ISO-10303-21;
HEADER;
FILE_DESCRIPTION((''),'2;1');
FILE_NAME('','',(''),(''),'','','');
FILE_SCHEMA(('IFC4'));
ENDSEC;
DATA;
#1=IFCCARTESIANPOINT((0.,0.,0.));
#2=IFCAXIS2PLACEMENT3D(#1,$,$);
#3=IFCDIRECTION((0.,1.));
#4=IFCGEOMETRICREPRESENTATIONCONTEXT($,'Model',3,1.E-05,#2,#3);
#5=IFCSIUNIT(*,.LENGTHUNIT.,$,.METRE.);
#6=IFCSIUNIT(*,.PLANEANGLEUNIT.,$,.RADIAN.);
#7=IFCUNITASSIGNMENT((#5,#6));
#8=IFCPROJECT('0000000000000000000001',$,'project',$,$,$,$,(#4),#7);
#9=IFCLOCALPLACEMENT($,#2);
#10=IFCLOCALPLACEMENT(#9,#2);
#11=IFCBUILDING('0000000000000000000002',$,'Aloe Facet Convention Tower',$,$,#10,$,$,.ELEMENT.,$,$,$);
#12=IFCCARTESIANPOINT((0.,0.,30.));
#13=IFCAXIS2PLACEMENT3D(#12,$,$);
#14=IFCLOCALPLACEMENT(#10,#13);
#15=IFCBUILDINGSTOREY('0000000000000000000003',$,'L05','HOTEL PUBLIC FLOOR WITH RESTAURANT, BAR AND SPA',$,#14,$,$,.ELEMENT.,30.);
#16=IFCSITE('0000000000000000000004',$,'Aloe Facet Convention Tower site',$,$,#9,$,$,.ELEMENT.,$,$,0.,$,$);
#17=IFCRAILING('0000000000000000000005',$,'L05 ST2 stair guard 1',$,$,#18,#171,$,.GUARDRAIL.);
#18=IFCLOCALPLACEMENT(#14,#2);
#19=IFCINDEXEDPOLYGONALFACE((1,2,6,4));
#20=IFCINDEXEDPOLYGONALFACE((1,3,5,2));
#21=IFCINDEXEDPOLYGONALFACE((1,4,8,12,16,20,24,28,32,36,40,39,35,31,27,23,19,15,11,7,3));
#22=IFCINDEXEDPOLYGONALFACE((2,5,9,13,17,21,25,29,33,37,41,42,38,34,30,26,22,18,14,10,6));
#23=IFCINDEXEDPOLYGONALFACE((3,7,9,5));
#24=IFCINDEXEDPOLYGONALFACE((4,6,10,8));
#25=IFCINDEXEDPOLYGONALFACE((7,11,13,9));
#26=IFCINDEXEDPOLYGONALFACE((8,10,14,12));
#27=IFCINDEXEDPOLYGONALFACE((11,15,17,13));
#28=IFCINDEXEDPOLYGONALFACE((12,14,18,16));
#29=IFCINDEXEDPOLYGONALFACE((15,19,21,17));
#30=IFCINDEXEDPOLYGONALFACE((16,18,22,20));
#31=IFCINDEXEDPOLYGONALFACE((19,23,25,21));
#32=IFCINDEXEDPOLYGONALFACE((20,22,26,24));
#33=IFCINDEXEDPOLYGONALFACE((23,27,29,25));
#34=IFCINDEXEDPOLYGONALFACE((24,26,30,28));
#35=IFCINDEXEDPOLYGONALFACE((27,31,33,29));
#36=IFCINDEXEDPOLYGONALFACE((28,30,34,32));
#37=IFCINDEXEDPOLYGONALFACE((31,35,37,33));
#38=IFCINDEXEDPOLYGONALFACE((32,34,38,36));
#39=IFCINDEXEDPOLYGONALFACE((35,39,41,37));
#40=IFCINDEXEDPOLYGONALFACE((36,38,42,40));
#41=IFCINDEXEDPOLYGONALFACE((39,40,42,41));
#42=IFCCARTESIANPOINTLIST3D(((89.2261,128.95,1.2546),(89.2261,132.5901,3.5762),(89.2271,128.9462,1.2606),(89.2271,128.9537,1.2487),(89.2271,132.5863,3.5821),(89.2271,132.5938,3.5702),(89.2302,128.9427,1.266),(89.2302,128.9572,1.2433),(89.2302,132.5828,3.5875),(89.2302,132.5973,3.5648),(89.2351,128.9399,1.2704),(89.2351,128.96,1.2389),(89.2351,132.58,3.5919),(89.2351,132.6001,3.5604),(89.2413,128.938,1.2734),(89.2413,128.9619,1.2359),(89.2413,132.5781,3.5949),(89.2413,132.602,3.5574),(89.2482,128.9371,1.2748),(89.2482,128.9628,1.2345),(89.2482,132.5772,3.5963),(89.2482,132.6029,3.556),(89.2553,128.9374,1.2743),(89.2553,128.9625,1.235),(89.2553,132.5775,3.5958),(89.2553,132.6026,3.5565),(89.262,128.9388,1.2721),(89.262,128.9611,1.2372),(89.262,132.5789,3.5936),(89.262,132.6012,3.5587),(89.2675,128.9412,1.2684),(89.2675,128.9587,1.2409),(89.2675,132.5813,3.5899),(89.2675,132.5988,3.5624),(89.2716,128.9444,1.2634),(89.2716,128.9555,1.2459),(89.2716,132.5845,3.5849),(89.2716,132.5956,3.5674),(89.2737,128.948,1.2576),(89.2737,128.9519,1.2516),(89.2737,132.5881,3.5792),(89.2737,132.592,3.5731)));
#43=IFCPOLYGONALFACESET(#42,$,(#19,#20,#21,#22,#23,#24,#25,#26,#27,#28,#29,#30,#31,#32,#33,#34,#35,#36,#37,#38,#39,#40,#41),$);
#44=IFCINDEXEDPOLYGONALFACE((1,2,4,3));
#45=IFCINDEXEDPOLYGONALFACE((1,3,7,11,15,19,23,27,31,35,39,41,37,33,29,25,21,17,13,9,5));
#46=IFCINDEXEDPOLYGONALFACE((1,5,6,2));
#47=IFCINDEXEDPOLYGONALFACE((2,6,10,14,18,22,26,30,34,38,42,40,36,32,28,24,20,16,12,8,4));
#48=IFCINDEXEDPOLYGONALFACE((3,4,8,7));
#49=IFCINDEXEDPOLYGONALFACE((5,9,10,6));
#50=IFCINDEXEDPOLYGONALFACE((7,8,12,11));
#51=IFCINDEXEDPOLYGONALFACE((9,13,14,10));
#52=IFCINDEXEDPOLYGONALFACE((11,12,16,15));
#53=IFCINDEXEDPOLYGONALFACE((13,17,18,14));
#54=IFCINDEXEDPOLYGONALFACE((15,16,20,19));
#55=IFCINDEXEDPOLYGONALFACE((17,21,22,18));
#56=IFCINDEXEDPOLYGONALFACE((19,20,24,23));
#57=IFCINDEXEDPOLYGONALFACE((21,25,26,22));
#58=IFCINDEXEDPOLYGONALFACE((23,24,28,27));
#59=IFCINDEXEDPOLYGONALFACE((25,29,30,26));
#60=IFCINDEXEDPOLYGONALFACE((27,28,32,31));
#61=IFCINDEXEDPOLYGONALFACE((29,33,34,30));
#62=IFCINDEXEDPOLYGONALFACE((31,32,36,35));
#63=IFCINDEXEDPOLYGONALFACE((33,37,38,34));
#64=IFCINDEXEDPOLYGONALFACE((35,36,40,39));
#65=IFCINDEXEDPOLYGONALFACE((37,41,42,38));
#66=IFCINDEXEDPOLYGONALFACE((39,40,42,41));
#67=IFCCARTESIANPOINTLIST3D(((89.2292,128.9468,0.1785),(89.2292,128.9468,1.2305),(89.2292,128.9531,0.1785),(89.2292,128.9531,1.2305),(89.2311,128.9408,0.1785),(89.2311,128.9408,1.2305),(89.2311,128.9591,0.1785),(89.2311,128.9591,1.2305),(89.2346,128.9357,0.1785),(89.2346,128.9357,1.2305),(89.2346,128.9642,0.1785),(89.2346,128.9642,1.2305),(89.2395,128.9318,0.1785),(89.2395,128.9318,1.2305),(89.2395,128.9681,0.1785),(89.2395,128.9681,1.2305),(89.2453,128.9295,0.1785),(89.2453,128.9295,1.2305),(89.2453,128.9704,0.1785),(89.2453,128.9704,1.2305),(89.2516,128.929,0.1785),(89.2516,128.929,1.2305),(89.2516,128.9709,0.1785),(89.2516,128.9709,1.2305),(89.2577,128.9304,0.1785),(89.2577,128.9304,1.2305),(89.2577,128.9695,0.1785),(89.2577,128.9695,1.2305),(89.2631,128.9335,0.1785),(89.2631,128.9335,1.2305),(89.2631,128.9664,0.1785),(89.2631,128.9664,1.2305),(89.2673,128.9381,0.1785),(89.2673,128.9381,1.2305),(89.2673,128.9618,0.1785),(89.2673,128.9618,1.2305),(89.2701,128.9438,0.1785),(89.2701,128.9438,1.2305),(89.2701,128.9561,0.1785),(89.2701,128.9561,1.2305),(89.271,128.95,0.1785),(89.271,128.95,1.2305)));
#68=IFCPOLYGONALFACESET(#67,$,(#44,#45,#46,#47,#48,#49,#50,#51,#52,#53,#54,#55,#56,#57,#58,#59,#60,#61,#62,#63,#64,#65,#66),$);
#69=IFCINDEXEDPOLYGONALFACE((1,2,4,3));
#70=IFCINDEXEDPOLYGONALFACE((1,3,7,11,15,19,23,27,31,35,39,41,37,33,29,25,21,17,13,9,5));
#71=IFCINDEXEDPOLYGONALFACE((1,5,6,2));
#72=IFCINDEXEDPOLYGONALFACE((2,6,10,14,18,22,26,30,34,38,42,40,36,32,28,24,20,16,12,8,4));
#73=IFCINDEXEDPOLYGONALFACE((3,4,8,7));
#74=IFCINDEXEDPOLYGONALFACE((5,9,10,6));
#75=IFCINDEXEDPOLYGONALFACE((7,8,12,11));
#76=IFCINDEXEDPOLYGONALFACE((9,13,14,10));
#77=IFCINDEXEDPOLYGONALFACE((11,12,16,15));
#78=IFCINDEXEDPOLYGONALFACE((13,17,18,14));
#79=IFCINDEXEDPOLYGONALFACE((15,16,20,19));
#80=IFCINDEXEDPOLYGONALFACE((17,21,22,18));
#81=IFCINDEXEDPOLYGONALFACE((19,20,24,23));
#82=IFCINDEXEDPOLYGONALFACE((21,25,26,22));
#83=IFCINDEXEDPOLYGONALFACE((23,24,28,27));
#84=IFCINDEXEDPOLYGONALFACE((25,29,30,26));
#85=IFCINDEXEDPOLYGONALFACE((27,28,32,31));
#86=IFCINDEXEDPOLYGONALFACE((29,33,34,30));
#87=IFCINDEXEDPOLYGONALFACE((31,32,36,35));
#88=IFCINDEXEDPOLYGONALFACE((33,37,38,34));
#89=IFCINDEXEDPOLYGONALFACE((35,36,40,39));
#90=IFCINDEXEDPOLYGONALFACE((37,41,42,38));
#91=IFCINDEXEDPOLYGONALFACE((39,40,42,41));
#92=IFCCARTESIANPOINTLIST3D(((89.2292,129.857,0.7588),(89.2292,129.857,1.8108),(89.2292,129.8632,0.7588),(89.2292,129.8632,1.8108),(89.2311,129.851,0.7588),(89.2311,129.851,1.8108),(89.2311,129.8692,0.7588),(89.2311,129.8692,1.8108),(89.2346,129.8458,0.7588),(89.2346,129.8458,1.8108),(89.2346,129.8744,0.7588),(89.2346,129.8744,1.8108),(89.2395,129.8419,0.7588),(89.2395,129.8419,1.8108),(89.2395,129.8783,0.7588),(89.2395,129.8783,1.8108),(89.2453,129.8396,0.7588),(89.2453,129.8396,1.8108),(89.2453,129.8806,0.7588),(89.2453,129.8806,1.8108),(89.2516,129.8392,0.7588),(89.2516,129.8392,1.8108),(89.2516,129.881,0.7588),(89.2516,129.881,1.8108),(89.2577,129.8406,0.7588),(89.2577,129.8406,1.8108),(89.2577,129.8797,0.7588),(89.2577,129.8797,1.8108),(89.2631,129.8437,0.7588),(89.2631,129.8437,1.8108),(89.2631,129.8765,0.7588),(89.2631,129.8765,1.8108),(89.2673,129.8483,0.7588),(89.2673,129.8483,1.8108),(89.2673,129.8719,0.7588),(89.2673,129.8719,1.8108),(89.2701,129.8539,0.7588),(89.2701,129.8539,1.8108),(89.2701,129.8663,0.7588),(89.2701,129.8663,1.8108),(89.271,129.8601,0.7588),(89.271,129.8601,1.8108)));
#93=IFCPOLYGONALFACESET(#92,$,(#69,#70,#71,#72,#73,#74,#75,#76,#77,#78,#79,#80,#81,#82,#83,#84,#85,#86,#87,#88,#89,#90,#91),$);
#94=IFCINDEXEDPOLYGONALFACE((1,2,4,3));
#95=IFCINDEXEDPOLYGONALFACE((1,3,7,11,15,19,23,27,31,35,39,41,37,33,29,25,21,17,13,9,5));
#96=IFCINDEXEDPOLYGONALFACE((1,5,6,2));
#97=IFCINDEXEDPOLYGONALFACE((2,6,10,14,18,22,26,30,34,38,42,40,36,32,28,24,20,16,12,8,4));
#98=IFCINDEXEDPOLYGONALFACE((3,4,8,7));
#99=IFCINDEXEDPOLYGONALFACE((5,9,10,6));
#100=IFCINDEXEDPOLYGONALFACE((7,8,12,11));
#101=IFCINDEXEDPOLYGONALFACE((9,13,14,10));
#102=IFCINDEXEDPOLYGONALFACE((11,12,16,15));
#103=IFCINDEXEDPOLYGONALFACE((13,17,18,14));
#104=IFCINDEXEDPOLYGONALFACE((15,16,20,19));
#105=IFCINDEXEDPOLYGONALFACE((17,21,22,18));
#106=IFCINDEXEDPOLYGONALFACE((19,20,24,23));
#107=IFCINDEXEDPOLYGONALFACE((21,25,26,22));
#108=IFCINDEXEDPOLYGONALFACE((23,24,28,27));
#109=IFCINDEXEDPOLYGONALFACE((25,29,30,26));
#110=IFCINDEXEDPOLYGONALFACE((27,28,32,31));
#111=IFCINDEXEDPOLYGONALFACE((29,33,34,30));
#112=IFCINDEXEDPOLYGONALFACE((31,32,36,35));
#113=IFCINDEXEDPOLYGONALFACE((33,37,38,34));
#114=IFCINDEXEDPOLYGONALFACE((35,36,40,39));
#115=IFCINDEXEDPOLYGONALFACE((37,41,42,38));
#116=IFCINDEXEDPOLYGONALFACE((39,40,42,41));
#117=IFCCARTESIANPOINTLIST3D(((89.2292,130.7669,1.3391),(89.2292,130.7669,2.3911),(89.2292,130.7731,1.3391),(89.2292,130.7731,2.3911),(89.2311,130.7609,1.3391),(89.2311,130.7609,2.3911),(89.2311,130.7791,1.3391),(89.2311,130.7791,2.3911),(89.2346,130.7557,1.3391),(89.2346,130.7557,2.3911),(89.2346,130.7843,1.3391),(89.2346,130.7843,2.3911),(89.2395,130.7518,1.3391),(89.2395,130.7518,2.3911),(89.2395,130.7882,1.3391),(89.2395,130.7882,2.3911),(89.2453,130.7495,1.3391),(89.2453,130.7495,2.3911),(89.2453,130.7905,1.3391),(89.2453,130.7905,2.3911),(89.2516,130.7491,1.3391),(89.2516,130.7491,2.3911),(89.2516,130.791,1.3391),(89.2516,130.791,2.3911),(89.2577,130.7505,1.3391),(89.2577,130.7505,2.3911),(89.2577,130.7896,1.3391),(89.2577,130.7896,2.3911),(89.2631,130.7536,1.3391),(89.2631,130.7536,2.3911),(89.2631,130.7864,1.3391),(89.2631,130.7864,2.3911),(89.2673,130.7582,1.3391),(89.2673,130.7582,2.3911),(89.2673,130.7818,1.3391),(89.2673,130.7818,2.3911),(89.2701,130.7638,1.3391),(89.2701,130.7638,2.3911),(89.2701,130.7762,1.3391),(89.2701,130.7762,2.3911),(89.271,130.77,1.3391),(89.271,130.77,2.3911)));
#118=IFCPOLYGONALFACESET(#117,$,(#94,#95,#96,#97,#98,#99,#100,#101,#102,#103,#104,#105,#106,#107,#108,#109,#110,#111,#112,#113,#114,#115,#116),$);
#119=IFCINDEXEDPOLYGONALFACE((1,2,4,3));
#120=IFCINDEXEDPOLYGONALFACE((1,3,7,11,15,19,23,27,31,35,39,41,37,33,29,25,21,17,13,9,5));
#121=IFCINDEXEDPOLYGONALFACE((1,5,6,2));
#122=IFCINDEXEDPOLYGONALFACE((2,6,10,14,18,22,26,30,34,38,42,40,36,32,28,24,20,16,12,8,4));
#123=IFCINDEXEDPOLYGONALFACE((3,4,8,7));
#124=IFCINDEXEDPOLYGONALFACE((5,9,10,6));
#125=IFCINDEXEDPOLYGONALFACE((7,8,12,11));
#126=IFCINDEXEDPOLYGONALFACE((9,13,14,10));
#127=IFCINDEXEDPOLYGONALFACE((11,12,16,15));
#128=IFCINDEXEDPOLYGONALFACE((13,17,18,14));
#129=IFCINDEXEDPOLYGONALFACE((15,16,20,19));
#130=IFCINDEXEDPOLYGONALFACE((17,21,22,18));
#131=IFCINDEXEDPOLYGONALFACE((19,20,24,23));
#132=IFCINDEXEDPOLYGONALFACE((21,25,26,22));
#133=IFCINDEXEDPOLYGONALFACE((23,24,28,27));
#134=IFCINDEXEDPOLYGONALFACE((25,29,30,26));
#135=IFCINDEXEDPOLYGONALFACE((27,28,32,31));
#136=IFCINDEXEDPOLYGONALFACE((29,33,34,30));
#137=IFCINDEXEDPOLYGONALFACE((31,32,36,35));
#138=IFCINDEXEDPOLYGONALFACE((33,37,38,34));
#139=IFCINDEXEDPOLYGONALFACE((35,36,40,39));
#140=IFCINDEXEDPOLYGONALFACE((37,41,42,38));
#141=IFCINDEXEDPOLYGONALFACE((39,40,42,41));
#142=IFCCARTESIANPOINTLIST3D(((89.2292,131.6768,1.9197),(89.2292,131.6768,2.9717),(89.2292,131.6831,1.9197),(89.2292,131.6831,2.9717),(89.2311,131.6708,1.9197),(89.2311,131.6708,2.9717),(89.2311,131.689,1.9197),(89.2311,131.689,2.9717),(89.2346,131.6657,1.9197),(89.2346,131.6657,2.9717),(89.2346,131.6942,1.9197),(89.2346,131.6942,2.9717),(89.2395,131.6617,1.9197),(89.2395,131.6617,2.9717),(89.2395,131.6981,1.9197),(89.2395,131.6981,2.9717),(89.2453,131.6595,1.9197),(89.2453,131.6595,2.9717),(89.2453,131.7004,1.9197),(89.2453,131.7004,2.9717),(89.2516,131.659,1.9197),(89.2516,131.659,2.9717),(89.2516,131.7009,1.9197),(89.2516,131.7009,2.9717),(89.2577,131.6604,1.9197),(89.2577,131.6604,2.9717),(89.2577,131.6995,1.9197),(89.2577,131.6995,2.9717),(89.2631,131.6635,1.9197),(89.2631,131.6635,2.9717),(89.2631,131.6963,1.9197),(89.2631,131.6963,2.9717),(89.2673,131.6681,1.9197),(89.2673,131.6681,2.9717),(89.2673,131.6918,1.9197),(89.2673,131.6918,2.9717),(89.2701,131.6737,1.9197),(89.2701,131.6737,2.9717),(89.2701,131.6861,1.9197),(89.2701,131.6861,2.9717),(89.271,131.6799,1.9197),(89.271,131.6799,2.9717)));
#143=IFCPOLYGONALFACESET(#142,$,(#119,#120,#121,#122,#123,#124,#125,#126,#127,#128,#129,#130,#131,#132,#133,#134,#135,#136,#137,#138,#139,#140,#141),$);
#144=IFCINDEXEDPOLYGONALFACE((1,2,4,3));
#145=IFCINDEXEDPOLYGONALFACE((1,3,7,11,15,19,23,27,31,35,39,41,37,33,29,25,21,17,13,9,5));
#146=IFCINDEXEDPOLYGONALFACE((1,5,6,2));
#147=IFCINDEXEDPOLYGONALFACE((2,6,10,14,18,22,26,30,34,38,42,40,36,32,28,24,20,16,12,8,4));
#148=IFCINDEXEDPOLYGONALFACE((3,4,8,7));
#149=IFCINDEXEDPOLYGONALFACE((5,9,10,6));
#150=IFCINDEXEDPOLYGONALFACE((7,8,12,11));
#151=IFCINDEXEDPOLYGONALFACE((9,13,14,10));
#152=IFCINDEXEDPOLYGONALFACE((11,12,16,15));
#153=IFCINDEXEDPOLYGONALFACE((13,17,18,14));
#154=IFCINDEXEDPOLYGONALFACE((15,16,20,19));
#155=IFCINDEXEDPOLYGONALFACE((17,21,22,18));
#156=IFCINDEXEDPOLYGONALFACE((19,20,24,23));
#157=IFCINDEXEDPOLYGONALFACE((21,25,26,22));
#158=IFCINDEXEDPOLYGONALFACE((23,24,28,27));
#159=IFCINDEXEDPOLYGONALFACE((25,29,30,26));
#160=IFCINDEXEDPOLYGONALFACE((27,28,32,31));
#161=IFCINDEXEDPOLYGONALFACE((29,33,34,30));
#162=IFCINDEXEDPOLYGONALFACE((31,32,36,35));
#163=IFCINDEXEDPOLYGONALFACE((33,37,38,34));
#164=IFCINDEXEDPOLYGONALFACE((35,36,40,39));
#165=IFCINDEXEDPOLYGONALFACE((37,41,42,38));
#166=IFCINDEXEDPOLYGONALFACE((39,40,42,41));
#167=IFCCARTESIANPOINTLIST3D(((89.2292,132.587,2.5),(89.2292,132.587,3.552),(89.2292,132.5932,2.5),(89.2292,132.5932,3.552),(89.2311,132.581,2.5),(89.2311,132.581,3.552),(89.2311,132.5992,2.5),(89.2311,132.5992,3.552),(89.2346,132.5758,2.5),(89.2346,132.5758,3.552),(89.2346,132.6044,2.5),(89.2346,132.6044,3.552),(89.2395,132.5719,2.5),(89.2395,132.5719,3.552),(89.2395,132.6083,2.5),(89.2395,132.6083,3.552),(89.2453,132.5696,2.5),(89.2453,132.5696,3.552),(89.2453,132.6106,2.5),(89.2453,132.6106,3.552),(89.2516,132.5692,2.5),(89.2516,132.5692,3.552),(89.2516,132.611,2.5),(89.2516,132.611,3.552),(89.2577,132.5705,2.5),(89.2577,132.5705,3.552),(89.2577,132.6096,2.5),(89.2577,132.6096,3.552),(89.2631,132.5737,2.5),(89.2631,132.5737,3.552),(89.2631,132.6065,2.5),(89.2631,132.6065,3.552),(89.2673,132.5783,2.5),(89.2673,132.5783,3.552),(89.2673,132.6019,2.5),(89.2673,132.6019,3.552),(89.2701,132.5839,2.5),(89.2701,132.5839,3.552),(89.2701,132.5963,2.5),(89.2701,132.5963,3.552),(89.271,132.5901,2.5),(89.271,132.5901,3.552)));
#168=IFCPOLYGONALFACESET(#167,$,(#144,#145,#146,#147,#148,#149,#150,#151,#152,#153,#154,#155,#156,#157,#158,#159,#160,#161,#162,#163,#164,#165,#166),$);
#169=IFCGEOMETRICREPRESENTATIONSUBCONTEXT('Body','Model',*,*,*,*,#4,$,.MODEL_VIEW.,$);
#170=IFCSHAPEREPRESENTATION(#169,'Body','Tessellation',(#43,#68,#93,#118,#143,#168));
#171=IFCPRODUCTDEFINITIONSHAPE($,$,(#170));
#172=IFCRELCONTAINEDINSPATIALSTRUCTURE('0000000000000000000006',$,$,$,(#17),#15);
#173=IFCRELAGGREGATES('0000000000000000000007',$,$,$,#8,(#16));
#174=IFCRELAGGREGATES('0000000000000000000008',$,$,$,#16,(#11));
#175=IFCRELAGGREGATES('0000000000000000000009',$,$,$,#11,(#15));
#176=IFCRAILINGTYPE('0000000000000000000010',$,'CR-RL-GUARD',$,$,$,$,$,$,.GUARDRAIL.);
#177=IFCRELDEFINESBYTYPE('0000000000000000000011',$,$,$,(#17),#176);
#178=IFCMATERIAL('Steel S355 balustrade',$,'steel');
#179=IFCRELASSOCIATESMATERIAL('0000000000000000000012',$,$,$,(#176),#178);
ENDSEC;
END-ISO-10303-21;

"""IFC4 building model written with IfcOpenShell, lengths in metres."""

from ifc_helpers import new_model, si_unit, direction, frame, origin, origin_2d, place, context, subcontext, project, spatial, circle, extrude, material, type_object, element, save


model = new_model("IFC4")

# Units and contexts
model_context = context("Model", 3, precision=1e-05, world=origin(), true_north=direction((0.0, 1.0)))
body_context = subcontext(model_context, "Body", "Model", "MODEL_VIEW")
ifc_project = project(units=[si_unit("LENGTHUNIT", "METRE"), si_unit("PLANEANGLEUNIT", "RADIAN")], contexts=[model_context])

# Site, building, storey
site_placement = place(None, origin())
site = spatial("IfcSite", under=ifc_project, at=site_placement, Name="Aloe Facet Convention Tower site", CompositionType="ELEMENT", RefElevation=0.0)
building_placement = place(site_placement, origin())
building = spatial("IfcBuilding", under=site, at=building_placement, Name="Aloe Facet Convention Tower", CompositionType="ELEMENT")
storey_placement = place(building_placement, frame((0.0, 0.0, 30.0)))
storey = spatial("IfcBuildingStorey", under=building, at=storey_placement, Name="L05", Description="HOTEL PUBLIC FLOOR WITH RESTAURANT, BAR AND SPA", CompositionType="ELEMENT", Elevation=30.0)

# Railing
ifc_material_1 = material(Name="Steel S355 balustrade", Category="steel")
railing_type_1 = type_object("IfcRailingType", Name="CR-RL-GUARD", PredefinedType="GUARDRAIL", material=ifc_material_1)
railing_1_placement = place(storey_placement, frame((89.25, 128.95, 0.1785)))
element("IfcRailing", 1, at=railing_1_placement, inside=storey, type_object=railing_type_1, Name="L05 ST2 stair guard 1", PredefinedType="GUARDRAIL", context=body_context, shape_type="SweptSolid", body=[
    extrude(circle(Radius=0.0239, at=origin_2d()), frame((0.0, 0.0, 1.0762), z_axis=(0.0, 0.843128, 0.537713), x_axis=(-1.0, 0.0, 0.0)), (0.0, 0.0, 1.0), 4.3174),
    extrude(circle(Radius=0.021, at=origin_2d()), origin(), (0.0, 0.0, 1.0), 1.052),
    extrude(circle(Radius=0.021, at=origin_2d()), frame((0.0, 0.9102, 0.5803)), (0.0, 0.0, 1.0), 1.052),
    extrude(circle(Radius=0.021, at=origin_2d()), frame((0.0, 1.8201, 1.1606)), (0.0, 0.0, 1.0), 1.052),
    extrude(circle(Radius=0.021, at=origin_2d()), frame((0.0, 2.73, 1.7412)), (0.0, 0.0, 1.0), 1.052),
    extrude(circle(Radius=0.021, at=origin_2d()), frame((0.0, 3.6401, 2.3215)), (0.0, 0.0, 1.0), 1.052),
])

save(model, "model.ifc")
